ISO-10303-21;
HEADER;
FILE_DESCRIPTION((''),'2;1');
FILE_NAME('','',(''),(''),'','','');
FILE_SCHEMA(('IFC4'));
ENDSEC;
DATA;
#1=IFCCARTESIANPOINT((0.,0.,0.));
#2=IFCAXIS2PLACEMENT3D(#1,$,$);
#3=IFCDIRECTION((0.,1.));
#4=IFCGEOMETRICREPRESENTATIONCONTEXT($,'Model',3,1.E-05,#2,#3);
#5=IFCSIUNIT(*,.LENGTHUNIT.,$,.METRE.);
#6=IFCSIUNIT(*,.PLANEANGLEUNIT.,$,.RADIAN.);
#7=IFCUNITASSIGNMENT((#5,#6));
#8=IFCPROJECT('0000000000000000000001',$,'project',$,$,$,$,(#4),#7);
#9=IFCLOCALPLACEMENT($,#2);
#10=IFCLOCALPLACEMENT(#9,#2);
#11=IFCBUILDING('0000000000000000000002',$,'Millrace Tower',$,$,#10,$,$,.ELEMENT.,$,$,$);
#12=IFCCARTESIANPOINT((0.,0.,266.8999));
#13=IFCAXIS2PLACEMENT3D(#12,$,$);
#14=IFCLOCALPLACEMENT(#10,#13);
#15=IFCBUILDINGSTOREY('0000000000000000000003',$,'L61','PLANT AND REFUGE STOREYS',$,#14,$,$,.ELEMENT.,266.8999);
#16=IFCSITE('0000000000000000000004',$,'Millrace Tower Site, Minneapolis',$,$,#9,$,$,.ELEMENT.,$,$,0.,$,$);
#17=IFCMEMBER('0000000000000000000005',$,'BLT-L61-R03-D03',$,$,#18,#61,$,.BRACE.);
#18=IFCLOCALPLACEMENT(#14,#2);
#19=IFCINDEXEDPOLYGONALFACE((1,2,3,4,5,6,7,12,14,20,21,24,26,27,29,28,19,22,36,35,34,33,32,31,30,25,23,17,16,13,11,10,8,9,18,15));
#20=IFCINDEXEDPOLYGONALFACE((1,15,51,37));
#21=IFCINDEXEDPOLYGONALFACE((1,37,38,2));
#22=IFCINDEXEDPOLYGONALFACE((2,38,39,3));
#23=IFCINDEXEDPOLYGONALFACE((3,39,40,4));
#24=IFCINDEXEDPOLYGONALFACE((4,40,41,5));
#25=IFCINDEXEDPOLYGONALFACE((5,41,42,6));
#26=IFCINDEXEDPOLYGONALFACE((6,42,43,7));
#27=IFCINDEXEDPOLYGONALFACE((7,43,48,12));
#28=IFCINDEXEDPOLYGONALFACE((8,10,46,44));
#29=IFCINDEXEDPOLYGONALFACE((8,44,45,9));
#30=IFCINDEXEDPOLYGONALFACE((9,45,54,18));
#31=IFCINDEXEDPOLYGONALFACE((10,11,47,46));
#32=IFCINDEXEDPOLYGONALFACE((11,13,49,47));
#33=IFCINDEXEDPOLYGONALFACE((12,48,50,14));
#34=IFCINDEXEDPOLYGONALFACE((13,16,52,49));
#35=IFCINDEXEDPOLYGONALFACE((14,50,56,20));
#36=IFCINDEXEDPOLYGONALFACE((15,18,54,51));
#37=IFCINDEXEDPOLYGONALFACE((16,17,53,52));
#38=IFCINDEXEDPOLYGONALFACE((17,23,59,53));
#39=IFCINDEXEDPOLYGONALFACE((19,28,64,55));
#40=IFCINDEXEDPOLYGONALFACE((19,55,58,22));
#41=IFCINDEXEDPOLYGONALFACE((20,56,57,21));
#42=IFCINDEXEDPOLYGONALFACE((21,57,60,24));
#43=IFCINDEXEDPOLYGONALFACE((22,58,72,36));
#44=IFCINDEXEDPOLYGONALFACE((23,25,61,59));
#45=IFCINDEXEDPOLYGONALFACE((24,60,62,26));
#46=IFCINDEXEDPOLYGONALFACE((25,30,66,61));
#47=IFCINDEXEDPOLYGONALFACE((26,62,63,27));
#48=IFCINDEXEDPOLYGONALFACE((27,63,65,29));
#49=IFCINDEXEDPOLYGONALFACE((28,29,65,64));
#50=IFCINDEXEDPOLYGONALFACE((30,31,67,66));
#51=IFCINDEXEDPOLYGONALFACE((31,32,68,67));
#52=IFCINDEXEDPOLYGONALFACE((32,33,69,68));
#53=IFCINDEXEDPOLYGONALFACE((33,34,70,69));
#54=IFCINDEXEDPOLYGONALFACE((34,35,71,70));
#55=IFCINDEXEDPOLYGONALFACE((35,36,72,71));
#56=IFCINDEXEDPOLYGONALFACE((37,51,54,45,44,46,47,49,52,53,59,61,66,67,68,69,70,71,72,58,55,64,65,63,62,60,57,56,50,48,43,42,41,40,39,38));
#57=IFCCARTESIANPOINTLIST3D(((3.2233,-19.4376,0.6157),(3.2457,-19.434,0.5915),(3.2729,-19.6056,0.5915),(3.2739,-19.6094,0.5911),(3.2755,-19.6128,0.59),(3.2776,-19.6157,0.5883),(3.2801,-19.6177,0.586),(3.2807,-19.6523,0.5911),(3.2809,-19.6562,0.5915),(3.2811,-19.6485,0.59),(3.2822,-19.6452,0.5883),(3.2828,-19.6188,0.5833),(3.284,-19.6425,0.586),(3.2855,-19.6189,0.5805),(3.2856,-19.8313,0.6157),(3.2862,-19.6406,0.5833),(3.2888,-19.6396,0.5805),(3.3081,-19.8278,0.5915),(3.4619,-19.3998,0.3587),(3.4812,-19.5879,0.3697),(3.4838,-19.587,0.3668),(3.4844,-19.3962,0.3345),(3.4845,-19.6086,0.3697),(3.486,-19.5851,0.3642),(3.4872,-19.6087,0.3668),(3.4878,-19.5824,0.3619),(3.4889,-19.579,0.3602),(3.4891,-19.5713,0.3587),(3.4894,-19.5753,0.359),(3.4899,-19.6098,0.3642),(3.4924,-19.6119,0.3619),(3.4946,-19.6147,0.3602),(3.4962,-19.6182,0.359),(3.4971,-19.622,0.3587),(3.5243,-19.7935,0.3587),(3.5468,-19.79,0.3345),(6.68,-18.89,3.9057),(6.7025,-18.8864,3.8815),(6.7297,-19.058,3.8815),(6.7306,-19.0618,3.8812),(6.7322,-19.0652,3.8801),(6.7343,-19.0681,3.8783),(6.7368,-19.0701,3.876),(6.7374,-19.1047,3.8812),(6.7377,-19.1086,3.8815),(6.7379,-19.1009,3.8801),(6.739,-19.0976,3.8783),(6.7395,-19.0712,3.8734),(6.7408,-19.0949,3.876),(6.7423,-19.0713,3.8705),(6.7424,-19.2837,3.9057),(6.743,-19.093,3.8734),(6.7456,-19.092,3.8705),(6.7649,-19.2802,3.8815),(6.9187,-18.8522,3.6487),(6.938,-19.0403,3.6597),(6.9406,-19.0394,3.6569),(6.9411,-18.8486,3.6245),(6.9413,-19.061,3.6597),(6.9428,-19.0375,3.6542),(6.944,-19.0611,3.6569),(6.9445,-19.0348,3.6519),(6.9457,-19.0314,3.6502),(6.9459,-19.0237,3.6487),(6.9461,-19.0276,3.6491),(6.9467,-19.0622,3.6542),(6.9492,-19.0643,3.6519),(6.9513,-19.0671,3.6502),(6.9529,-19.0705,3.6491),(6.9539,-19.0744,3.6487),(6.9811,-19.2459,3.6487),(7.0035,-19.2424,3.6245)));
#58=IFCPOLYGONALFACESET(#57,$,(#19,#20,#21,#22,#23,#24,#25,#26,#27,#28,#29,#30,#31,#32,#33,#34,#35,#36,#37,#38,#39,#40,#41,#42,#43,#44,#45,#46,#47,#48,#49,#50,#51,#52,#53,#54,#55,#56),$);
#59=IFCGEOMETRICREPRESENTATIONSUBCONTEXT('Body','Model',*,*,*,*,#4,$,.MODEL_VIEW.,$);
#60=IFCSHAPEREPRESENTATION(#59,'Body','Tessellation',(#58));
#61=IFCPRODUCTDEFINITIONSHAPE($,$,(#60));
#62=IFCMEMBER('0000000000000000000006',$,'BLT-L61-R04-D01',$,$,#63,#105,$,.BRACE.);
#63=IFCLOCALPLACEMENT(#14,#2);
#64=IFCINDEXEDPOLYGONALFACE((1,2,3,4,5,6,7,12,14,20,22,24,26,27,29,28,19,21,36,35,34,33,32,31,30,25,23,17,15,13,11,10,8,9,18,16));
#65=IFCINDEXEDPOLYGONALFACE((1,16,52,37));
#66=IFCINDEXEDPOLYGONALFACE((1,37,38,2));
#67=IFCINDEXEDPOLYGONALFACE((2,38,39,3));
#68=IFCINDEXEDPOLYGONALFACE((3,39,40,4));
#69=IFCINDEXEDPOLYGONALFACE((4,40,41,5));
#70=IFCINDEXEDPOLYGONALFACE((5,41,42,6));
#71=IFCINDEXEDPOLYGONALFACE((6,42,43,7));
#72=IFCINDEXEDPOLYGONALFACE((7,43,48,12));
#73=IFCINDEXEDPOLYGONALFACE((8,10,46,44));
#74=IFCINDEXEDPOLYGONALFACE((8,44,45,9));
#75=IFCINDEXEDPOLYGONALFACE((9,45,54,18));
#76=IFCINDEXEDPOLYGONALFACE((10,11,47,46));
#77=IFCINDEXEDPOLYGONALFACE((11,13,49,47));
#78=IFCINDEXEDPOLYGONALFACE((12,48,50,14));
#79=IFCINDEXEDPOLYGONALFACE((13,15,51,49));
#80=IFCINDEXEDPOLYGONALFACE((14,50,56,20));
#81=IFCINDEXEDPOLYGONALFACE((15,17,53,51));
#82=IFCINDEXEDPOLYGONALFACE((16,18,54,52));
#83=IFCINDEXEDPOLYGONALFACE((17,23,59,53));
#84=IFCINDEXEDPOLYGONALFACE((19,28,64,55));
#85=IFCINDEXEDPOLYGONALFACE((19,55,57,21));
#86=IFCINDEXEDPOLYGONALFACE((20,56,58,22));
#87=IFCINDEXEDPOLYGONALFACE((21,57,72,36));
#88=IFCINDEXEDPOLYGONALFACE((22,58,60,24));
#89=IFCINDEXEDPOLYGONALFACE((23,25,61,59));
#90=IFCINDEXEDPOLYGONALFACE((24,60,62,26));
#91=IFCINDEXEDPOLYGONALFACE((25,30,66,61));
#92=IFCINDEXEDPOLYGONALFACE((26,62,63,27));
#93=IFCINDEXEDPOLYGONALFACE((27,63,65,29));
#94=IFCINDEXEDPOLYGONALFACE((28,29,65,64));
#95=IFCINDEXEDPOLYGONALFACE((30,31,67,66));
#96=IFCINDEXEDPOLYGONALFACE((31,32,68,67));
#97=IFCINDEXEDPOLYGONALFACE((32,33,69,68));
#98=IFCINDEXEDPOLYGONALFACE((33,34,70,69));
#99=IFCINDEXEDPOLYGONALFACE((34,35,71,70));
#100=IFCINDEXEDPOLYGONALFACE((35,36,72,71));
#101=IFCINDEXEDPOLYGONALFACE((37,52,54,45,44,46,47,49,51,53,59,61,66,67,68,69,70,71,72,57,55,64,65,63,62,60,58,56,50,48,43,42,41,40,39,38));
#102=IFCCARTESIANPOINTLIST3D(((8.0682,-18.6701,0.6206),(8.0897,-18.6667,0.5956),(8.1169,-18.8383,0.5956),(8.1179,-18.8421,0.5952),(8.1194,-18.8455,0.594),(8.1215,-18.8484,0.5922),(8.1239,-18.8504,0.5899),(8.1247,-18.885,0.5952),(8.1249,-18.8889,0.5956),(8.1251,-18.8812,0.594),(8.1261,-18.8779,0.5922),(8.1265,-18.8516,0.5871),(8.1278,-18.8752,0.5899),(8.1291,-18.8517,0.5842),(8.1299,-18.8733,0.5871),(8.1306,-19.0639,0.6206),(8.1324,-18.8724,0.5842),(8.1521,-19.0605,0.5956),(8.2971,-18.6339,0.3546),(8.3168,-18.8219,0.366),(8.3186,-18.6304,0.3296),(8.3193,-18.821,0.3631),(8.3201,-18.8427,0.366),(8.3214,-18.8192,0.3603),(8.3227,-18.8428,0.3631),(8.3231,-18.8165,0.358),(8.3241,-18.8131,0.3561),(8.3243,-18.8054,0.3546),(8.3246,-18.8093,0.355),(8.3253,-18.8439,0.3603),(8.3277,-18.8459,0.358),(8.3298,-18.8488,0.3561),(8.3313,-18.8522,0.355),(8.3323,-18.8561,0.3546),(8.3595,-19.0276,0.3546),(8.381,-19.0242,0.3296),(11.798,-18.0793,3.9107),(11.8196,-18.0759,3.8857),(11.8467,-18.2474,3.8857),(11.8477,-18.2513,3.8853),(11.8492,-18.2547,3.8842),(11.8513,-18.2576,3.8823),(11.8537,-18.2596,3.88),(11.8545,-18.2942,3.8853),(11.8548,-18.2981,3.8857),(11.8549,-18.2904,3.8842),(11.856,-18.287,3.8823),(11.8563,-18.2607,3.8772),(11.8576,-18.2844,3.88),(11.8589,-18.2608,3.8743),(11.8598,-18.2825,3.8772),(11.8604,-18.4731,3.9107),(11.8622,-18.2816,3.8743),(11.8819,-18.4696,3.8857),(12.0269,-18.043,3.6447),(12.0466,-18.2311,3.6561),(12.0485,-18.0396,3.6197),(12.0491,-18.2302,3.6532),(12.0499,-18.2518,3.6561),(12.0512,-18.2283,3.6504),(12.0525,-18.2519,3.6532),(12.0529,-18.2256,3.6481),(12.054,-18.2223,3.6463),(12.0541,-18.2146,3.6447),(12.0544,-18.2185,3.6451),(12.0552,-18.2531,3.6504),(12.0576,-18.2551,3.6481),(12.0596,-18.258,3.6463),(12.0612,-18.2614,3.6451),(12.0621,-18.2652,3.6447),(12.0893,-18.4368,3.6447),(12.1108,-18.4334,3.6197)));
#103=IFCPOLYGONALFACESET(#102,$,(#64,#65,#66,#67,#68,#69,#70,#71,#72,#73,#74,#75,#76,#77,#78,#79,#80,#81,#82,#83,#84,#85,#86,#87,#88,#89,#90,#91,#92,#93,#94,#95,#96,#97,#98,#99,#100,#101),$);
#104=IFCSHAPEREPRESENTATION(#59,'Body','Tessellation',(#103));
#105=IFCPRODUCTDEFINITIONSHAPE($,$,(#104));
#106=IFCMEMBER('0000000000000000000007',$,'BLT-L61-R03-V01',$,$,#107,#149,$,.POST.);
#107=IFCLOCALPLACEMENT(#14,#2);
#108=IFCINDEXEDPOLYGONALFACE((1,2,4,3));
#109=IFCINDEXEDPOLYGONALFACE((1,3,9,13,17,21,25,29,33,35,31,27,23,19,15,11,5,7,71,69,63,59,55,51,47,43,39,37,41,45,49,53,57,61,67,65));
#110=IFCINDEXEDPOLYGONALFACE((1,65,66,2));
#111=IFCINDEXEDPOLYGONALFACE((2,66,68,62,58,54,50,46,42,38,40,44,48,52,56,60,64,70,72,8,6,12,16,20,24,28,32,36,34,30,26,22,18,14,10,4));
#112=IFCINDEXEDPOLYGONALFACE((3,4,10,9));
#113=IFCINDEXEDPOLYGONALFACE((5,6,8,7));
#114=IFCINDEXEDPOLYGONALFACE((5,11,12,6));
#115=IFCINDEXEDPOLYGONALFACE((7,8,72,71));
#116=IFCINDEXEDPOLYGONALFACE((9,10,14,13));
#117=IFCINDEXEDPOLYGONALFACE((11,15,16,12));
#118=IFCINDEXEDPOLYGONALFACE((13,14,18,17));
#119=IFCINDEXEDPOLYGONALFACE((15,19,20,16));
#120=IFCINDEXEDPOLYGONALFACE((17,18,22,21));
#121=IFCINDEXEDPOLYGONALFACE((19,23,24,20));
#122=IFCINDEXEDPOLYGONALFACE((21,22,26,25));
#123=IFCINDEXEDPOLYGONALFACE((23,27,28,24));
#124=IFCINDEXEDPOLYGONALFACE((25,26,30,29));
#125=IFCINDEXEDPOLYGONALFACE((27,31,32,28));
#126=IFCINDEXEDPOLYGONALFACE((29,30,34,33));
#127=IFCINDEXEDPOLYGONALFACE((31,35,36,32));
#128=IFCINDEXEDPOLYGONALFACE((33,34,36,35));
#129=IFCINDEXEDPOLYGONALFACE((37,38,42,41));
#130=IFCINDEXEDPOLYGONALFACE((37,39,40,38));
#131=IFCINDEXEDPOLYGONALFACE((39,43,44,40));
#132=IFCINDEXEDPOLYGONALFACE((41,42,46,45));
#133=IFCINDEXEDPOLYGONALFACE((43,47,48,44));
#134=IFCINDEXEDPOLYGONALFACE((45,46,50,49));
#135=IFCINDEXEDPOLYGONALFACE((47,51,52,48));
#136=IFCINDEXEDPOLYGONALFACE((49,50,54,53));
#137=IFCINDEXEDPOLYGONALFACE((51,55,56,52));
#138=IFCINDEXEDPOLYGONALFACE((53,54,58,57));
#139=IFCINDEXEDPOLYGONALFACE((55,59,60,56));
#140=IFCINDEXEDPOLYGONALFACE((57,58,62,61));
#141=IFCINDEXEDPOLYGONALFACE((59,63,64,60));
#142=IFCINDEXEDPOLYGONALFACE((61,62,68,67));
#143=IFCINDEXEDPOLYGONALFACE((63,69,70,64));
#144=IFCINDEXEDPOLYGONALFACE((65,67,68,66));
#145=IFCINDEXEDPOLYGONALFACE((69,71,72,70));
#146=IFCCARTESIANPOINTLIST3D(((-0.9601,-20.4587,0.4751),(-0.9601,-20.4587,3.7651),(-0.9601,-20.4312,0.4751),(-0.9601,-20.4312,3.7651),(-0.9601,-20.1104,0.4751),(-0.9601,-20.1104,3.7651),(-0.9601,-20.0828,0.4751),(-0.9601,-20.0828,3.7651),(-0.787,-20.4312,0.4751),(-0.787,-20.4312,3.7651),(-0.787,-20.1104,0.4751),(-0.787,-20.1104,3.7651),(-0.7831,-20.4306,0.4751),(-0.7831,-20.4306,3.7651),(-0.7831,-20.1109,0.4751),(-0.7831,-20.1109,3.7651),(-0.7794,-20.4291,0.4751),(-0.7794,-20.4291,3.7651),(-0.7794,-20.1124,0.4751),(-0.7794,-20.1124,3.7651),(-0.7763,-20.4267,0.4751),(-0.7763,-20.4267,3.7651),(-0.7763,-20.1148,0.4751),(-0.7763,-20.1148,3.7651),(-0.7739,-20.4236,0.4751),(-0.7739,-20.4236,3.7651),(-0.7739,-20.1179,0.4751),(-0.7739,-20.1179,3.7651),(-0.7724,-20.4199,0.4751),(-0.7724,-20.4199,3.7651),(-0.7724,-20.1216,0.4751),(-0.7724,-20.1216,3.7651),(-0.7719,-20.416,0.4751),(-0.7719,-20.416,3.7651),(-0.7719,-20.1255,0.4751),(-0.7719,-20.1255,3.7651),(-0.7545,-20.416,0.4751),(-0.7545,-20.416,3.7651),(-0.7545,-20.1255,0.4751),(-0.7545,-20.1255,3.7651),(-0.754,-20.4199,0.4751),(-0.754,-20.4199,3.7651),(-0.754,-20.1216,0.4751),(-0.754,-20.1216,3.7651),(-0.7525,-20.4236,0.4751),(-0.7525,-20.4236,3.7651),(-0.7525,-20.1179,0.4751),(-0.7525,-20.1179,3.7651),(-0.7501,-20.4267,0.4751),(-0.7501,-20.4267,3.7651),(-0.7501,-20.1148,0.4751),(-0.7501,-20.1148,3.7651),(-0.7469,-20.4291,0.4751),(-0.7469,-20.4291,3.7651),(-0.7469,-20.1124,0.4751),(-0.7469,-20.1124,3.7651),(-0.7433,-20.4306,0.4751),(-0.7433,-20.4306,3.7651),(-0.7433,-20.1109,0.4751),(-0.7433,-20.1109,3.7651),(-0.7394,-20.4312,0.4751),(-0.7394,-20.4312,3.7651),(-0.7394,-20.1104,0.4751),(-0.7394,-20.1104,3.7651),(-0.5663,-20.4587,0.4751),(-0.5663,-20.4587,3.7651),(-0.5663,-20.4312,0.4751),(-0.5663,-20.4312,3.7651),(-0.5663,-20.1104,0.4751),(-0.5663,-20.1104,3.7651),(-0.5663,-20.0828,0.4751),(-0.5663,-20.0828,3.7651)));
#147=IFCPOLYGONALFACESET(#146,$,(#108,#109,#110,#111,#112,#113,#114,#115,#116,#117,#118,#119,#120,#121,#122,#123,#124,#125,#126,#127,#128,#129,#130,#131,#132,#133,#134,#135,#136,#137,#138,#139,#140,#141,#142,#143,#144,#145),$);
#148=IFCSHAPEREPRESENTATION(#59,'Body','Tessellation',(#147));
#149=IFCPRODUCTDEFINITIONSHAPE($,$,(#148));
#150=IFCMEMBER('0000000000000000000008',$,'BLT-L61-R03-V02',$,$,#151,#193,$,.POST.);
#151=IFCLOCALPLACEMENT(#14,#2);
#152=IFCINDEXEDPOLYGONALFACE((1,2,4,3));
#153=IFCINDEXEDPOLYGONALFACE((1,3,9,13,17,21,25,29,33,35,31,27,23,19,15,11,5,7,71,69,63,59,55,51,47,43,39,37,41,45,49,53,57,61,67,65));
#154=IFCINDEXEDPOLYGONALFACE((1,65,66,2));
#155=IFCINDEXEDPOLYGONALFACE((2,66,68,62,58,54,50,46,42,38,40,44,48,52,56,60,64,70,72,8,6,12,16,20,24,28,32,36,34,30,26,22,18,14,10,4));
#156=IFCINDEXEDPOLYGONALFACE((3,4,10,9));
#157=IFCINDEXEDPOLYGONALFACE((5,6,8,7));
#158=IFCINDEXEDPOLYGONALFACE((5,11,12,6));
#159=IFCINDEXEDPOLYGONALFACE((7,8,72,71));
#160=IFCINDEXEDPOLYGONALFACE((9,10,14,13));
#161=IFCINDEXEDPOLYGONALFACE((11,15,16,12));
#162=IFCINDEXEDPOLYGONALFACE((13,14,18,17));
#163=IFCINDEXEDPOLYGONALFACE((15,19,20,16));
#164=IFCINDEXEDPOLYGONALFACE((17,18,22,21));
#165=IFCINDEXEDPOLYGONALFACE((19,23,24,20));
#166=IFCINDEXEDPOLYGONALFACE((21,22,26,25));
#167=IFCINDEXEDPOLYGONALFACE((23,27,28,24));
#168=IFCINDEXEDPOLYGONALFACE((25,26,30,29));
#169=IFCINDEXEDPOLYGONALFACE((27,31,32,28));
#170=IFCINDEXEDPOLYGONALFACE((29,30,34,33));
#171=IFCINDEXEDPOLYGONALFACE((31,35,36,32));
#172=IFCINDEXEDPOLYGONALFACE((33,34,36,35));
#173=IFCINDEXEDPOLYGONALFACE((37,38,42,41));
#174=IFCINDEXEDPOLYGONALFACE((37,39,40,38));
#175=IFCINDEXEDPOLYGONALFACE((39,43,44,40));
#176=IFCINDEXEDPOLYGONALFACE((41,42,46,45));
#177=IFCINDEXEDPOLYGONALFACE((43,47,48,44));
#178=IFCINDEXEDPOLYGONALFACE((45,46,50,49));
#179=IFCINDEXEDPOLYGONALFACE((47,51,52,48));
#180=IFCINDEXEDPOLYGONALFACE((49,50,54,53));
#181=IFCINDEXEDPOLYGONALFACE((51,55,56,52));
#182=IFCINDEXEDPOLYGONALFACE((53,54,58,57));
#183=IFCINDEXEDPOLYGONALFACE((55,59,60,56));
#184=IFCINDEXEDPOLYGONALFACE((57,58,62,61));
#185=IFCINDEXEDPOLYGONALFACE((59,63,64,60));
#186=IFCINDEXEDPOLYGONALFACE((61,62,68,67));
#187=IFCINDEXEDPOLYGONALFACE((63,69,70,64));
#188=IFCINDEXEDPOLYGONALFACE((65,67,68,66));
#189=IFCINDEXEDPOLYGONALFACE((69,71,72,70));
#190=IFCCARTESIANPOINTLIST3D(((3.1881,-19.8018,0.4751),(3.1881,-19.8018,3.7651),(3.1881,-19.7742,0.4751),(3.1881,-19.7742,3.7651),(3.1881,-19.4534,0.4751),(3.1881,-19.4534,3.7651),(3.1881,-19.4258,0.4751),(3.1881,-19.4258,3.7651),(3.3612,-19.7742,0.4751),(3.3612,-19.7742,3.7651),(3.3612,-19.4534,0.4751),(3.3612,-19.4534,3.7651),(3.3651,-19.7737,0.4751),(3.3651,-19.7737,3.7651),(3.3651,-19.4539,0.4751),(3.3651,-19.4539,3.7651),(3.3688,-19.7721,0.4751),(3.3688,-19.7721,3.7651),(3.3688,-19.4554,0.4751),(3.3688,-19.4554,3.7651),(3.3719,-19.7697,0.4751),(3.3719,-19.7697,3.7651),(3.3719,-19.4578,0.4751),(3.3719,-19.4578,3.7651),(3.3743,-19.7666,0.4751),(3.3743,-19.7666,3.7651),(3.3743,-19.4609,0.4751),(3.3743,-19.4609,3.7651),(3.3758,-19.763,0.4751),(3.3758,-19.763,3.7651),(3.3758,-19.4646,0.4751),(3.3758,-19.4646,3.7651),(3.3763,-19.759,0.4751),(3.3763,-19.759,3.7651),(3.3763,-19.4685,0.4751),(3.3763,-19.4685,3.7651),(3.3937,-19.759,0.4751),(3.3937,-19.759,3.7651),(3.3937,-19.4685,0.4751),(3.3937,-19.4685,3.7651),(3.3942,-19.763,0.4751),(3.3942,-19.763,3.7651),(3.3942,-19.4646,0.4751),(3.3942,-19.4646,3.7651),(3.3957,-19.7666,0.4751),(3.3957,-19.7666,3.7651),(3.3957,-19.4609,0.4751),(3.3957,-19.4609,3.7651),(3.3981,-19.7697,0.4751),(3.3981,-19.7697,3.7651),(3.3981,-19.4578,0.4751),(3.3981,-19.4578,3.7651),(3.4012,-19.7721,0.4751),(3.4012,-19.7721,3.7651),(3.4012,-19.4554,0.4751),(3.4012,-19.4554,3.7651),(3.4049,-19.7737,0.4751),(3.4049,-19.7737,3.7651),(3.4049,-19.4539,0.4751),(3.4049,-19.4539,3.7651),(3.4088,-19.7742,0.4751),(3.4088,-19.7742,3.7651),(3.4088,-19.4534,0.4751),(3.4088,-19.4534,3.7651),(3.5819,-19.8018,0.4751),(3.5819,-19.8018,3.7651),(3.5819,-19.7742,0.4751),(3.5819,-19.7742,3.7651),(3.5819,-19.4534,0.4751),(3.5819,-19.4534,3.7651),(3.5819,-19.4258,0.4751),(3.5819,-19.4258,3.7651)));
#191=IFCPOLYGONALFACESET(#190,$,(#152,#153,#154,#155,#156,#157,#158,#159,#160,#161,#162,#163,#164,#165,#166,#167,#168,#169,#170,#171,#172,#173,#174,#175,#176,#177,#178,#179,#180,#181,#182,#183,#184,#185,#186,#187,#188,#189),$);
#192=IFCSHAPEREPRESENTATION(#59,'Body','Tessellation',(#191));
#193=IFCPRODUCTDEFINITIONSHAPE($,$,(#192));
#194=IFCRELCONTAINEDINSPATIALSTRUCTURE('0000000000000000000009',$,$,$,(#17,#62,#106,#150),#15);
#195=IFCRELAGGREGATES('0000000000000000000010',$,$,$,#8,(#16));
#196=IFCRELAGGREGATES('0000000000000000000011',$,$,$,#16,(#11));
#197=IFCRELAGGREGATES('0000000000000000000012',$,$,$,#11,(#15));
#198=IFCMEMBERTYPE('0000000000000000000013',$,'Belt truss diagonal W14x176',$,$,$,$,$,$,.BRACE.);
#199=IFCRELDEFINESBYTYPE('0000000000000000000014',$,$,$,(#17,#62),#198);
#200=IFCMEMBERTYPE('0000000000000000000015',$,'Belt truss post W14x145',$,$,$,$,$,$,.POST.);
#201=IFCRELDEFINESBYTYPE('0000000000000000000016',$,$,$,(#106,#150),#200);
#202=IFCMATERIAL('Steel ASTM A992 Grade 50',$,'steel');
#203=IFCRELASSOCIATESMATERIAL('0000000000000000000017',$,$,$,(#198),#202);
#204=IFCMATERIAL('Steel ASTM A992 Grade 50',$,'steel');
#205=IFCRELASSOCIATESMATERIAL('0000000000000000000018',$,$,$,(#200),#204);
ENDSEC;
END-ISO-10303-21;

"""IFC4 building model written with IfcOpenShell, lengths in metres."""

from ifc_helpers import new_model, si_unit, direction, frame, origin, origin_2d, place, context, subcontext, project, spatial, i_section, extrude, material, material_profile, profile_set, type_object, element, save


model = new_model("IFC4")

# Units and contexts
model_context = context("Model", 3, precision=1e-05, world=origin(), true_north=direction((0.0, 1.0)))
body_context = subcontext(model_context, "Body", "Model", "MODEL_VIEW")
ifc_project = project(units=[si_unit("LENGTHUNIT", "METRE"), si_unit("PLANEANGLEUNIT", "RADIAN")], contexts=[model_context])

# Site, building, storey
site_placement = place(None, origin())
site = spatial("IfcSite", under=ifc_project, at=site_placement, Name="Millrace Tower Site, Minneapolis", CompositionType="ELEMENT", RefElevation=0.0)
building_placement = place(site_placement, origin())
building = spatial("IfcBuilding", under=site, at=building_placement, Name="Millrace Tower", CompositionType="ELEMENT")
storey_placement = place(building_placement, frame((0.0, 0.0, 266.8999)))
storey = spatial("IfcBuildingStorey", under=building, at=storey_placement, Name="L61", Description="PLANT AND REFUGE STOREYS", CompositionType="ELEMENT", Elevation=266.8999)

# Members
ifc_material_1 = material(Name="Steel ASTM A992 Grade 50", Category="steel")
ifc_material_profile_1 = material_profile(ifc_material_1, i_section(OverallWidth=0.3987, OverallDepth=0.386, WebThickness=0.021, FlangeThickness=0.0332, FilletRadius=0.0151, at=origin_2d()))
ifc_profile_set_1 = profile_set([ifc_material_profile_1], Name="Steel ASTM A992 Grade 50")
member_type_1 = type_object("IfcMemberType", Name="Belt truss diagonal W14x176", PredefinedType="BRACE", material=ifc_profile_set_1)
member_1_placement = place(storey_placement, frame((3.385, -19.6138, 0.4751), z_axis=(0.719639, 0.114002, 0.684925), x_axis=(-0.156464, 0.987684, 0.0)))
element("IfcMember", 1, at=member_1_placement, inside=storey, type_object=member_type_1, Name="BLT-L61-R03-D03", PredefinedType="BRACE", context=body_context, shape_type="SweptSolid", body=[
    extrude(i_section(OverallWidth=0.3987, OverallDepth=0.386, WebThickness=0.021, FlangeThickness=0.0332, FilletRadius=0.0151, at=origin_2d()), origin(), (0.0, 0.0, 1.0), 4.8035),
])
member_2_placement = place(storey_placement, frame((8.2246, -18.8472, 0.4751), z_axis=(0.744692, 0.117965, 0.6569), x_axis=(-0.156457, 0.987685, 0.0)))
element("IfcMember", 2, at=member_2_placement, inside=storey, type_object=member_type_1, Name="BLT-L61-R04-D01", PredefinedType="BRACE", context=body_context, shape_type="SweptSolid", body=[
    extrude(i_section(OverallWidth=0.3987, OverallDepth=0.386, WebThickness=0.021, FlangeThickness=0.0332, FilletRadius=0.0151, at=origin_2d()), origin(), (0.0, 0.0, 1.0), 5.0085),
])
ifc_material_2 = material(Name="Steel ASTM A992 Grade 50", Category="steel")
ifc_material_profile_2 = material_profile(ifc_material_2, i_section(OverallWidth=0.3938, OverallDepth=0.376, WebThickness=0.0173, FlangeThickness=0.0276, FilletRadius=0.0151, at=origin_2d()))
ifc_profile_set_2 = profile_set([ifc_material_profile_2], Name="Steel ASTM A992 Grade 50")
member_type_2 = type_object("IfcMemberType", Name="Belt truss post W14x145", PredefinedType="POST", material=ifc_profile_set_2)
for number, where, z_axis, x_axis, name in (
    (3, (-0.7632, -20.2708, 0.4751), (0.0, 0.0, 1.0), (1.0, 0.0, 0.0), "BLT-L61-R03-V01"),
    (4, (3.385, -19.6138, 0.4751), (0.0, 0.0, 1.0), (1.0, 0.0, 0.0), "BLT-L61-R03-V02"),
):
    element("IfcMember", number, at=place(storey_placement, frame(where, z_axis=z_axis, x_axis=x_axis)), inside=storey, type_object=member_type_2, Name=name, PredefinedType="POST", context=body_context, shape_type="SweptSolid", body=[
        extrude(i_section(OverallWidth=0.3938, OverallDepth=0.376, WebThickness=0.0173, FlangeThickness=0.0276, FilletRadius=0.0151, at=origin_2d()), origin(), (0.0, 0.0, 1.0), 3.29),
    ])

save(model, "model.ifc")
